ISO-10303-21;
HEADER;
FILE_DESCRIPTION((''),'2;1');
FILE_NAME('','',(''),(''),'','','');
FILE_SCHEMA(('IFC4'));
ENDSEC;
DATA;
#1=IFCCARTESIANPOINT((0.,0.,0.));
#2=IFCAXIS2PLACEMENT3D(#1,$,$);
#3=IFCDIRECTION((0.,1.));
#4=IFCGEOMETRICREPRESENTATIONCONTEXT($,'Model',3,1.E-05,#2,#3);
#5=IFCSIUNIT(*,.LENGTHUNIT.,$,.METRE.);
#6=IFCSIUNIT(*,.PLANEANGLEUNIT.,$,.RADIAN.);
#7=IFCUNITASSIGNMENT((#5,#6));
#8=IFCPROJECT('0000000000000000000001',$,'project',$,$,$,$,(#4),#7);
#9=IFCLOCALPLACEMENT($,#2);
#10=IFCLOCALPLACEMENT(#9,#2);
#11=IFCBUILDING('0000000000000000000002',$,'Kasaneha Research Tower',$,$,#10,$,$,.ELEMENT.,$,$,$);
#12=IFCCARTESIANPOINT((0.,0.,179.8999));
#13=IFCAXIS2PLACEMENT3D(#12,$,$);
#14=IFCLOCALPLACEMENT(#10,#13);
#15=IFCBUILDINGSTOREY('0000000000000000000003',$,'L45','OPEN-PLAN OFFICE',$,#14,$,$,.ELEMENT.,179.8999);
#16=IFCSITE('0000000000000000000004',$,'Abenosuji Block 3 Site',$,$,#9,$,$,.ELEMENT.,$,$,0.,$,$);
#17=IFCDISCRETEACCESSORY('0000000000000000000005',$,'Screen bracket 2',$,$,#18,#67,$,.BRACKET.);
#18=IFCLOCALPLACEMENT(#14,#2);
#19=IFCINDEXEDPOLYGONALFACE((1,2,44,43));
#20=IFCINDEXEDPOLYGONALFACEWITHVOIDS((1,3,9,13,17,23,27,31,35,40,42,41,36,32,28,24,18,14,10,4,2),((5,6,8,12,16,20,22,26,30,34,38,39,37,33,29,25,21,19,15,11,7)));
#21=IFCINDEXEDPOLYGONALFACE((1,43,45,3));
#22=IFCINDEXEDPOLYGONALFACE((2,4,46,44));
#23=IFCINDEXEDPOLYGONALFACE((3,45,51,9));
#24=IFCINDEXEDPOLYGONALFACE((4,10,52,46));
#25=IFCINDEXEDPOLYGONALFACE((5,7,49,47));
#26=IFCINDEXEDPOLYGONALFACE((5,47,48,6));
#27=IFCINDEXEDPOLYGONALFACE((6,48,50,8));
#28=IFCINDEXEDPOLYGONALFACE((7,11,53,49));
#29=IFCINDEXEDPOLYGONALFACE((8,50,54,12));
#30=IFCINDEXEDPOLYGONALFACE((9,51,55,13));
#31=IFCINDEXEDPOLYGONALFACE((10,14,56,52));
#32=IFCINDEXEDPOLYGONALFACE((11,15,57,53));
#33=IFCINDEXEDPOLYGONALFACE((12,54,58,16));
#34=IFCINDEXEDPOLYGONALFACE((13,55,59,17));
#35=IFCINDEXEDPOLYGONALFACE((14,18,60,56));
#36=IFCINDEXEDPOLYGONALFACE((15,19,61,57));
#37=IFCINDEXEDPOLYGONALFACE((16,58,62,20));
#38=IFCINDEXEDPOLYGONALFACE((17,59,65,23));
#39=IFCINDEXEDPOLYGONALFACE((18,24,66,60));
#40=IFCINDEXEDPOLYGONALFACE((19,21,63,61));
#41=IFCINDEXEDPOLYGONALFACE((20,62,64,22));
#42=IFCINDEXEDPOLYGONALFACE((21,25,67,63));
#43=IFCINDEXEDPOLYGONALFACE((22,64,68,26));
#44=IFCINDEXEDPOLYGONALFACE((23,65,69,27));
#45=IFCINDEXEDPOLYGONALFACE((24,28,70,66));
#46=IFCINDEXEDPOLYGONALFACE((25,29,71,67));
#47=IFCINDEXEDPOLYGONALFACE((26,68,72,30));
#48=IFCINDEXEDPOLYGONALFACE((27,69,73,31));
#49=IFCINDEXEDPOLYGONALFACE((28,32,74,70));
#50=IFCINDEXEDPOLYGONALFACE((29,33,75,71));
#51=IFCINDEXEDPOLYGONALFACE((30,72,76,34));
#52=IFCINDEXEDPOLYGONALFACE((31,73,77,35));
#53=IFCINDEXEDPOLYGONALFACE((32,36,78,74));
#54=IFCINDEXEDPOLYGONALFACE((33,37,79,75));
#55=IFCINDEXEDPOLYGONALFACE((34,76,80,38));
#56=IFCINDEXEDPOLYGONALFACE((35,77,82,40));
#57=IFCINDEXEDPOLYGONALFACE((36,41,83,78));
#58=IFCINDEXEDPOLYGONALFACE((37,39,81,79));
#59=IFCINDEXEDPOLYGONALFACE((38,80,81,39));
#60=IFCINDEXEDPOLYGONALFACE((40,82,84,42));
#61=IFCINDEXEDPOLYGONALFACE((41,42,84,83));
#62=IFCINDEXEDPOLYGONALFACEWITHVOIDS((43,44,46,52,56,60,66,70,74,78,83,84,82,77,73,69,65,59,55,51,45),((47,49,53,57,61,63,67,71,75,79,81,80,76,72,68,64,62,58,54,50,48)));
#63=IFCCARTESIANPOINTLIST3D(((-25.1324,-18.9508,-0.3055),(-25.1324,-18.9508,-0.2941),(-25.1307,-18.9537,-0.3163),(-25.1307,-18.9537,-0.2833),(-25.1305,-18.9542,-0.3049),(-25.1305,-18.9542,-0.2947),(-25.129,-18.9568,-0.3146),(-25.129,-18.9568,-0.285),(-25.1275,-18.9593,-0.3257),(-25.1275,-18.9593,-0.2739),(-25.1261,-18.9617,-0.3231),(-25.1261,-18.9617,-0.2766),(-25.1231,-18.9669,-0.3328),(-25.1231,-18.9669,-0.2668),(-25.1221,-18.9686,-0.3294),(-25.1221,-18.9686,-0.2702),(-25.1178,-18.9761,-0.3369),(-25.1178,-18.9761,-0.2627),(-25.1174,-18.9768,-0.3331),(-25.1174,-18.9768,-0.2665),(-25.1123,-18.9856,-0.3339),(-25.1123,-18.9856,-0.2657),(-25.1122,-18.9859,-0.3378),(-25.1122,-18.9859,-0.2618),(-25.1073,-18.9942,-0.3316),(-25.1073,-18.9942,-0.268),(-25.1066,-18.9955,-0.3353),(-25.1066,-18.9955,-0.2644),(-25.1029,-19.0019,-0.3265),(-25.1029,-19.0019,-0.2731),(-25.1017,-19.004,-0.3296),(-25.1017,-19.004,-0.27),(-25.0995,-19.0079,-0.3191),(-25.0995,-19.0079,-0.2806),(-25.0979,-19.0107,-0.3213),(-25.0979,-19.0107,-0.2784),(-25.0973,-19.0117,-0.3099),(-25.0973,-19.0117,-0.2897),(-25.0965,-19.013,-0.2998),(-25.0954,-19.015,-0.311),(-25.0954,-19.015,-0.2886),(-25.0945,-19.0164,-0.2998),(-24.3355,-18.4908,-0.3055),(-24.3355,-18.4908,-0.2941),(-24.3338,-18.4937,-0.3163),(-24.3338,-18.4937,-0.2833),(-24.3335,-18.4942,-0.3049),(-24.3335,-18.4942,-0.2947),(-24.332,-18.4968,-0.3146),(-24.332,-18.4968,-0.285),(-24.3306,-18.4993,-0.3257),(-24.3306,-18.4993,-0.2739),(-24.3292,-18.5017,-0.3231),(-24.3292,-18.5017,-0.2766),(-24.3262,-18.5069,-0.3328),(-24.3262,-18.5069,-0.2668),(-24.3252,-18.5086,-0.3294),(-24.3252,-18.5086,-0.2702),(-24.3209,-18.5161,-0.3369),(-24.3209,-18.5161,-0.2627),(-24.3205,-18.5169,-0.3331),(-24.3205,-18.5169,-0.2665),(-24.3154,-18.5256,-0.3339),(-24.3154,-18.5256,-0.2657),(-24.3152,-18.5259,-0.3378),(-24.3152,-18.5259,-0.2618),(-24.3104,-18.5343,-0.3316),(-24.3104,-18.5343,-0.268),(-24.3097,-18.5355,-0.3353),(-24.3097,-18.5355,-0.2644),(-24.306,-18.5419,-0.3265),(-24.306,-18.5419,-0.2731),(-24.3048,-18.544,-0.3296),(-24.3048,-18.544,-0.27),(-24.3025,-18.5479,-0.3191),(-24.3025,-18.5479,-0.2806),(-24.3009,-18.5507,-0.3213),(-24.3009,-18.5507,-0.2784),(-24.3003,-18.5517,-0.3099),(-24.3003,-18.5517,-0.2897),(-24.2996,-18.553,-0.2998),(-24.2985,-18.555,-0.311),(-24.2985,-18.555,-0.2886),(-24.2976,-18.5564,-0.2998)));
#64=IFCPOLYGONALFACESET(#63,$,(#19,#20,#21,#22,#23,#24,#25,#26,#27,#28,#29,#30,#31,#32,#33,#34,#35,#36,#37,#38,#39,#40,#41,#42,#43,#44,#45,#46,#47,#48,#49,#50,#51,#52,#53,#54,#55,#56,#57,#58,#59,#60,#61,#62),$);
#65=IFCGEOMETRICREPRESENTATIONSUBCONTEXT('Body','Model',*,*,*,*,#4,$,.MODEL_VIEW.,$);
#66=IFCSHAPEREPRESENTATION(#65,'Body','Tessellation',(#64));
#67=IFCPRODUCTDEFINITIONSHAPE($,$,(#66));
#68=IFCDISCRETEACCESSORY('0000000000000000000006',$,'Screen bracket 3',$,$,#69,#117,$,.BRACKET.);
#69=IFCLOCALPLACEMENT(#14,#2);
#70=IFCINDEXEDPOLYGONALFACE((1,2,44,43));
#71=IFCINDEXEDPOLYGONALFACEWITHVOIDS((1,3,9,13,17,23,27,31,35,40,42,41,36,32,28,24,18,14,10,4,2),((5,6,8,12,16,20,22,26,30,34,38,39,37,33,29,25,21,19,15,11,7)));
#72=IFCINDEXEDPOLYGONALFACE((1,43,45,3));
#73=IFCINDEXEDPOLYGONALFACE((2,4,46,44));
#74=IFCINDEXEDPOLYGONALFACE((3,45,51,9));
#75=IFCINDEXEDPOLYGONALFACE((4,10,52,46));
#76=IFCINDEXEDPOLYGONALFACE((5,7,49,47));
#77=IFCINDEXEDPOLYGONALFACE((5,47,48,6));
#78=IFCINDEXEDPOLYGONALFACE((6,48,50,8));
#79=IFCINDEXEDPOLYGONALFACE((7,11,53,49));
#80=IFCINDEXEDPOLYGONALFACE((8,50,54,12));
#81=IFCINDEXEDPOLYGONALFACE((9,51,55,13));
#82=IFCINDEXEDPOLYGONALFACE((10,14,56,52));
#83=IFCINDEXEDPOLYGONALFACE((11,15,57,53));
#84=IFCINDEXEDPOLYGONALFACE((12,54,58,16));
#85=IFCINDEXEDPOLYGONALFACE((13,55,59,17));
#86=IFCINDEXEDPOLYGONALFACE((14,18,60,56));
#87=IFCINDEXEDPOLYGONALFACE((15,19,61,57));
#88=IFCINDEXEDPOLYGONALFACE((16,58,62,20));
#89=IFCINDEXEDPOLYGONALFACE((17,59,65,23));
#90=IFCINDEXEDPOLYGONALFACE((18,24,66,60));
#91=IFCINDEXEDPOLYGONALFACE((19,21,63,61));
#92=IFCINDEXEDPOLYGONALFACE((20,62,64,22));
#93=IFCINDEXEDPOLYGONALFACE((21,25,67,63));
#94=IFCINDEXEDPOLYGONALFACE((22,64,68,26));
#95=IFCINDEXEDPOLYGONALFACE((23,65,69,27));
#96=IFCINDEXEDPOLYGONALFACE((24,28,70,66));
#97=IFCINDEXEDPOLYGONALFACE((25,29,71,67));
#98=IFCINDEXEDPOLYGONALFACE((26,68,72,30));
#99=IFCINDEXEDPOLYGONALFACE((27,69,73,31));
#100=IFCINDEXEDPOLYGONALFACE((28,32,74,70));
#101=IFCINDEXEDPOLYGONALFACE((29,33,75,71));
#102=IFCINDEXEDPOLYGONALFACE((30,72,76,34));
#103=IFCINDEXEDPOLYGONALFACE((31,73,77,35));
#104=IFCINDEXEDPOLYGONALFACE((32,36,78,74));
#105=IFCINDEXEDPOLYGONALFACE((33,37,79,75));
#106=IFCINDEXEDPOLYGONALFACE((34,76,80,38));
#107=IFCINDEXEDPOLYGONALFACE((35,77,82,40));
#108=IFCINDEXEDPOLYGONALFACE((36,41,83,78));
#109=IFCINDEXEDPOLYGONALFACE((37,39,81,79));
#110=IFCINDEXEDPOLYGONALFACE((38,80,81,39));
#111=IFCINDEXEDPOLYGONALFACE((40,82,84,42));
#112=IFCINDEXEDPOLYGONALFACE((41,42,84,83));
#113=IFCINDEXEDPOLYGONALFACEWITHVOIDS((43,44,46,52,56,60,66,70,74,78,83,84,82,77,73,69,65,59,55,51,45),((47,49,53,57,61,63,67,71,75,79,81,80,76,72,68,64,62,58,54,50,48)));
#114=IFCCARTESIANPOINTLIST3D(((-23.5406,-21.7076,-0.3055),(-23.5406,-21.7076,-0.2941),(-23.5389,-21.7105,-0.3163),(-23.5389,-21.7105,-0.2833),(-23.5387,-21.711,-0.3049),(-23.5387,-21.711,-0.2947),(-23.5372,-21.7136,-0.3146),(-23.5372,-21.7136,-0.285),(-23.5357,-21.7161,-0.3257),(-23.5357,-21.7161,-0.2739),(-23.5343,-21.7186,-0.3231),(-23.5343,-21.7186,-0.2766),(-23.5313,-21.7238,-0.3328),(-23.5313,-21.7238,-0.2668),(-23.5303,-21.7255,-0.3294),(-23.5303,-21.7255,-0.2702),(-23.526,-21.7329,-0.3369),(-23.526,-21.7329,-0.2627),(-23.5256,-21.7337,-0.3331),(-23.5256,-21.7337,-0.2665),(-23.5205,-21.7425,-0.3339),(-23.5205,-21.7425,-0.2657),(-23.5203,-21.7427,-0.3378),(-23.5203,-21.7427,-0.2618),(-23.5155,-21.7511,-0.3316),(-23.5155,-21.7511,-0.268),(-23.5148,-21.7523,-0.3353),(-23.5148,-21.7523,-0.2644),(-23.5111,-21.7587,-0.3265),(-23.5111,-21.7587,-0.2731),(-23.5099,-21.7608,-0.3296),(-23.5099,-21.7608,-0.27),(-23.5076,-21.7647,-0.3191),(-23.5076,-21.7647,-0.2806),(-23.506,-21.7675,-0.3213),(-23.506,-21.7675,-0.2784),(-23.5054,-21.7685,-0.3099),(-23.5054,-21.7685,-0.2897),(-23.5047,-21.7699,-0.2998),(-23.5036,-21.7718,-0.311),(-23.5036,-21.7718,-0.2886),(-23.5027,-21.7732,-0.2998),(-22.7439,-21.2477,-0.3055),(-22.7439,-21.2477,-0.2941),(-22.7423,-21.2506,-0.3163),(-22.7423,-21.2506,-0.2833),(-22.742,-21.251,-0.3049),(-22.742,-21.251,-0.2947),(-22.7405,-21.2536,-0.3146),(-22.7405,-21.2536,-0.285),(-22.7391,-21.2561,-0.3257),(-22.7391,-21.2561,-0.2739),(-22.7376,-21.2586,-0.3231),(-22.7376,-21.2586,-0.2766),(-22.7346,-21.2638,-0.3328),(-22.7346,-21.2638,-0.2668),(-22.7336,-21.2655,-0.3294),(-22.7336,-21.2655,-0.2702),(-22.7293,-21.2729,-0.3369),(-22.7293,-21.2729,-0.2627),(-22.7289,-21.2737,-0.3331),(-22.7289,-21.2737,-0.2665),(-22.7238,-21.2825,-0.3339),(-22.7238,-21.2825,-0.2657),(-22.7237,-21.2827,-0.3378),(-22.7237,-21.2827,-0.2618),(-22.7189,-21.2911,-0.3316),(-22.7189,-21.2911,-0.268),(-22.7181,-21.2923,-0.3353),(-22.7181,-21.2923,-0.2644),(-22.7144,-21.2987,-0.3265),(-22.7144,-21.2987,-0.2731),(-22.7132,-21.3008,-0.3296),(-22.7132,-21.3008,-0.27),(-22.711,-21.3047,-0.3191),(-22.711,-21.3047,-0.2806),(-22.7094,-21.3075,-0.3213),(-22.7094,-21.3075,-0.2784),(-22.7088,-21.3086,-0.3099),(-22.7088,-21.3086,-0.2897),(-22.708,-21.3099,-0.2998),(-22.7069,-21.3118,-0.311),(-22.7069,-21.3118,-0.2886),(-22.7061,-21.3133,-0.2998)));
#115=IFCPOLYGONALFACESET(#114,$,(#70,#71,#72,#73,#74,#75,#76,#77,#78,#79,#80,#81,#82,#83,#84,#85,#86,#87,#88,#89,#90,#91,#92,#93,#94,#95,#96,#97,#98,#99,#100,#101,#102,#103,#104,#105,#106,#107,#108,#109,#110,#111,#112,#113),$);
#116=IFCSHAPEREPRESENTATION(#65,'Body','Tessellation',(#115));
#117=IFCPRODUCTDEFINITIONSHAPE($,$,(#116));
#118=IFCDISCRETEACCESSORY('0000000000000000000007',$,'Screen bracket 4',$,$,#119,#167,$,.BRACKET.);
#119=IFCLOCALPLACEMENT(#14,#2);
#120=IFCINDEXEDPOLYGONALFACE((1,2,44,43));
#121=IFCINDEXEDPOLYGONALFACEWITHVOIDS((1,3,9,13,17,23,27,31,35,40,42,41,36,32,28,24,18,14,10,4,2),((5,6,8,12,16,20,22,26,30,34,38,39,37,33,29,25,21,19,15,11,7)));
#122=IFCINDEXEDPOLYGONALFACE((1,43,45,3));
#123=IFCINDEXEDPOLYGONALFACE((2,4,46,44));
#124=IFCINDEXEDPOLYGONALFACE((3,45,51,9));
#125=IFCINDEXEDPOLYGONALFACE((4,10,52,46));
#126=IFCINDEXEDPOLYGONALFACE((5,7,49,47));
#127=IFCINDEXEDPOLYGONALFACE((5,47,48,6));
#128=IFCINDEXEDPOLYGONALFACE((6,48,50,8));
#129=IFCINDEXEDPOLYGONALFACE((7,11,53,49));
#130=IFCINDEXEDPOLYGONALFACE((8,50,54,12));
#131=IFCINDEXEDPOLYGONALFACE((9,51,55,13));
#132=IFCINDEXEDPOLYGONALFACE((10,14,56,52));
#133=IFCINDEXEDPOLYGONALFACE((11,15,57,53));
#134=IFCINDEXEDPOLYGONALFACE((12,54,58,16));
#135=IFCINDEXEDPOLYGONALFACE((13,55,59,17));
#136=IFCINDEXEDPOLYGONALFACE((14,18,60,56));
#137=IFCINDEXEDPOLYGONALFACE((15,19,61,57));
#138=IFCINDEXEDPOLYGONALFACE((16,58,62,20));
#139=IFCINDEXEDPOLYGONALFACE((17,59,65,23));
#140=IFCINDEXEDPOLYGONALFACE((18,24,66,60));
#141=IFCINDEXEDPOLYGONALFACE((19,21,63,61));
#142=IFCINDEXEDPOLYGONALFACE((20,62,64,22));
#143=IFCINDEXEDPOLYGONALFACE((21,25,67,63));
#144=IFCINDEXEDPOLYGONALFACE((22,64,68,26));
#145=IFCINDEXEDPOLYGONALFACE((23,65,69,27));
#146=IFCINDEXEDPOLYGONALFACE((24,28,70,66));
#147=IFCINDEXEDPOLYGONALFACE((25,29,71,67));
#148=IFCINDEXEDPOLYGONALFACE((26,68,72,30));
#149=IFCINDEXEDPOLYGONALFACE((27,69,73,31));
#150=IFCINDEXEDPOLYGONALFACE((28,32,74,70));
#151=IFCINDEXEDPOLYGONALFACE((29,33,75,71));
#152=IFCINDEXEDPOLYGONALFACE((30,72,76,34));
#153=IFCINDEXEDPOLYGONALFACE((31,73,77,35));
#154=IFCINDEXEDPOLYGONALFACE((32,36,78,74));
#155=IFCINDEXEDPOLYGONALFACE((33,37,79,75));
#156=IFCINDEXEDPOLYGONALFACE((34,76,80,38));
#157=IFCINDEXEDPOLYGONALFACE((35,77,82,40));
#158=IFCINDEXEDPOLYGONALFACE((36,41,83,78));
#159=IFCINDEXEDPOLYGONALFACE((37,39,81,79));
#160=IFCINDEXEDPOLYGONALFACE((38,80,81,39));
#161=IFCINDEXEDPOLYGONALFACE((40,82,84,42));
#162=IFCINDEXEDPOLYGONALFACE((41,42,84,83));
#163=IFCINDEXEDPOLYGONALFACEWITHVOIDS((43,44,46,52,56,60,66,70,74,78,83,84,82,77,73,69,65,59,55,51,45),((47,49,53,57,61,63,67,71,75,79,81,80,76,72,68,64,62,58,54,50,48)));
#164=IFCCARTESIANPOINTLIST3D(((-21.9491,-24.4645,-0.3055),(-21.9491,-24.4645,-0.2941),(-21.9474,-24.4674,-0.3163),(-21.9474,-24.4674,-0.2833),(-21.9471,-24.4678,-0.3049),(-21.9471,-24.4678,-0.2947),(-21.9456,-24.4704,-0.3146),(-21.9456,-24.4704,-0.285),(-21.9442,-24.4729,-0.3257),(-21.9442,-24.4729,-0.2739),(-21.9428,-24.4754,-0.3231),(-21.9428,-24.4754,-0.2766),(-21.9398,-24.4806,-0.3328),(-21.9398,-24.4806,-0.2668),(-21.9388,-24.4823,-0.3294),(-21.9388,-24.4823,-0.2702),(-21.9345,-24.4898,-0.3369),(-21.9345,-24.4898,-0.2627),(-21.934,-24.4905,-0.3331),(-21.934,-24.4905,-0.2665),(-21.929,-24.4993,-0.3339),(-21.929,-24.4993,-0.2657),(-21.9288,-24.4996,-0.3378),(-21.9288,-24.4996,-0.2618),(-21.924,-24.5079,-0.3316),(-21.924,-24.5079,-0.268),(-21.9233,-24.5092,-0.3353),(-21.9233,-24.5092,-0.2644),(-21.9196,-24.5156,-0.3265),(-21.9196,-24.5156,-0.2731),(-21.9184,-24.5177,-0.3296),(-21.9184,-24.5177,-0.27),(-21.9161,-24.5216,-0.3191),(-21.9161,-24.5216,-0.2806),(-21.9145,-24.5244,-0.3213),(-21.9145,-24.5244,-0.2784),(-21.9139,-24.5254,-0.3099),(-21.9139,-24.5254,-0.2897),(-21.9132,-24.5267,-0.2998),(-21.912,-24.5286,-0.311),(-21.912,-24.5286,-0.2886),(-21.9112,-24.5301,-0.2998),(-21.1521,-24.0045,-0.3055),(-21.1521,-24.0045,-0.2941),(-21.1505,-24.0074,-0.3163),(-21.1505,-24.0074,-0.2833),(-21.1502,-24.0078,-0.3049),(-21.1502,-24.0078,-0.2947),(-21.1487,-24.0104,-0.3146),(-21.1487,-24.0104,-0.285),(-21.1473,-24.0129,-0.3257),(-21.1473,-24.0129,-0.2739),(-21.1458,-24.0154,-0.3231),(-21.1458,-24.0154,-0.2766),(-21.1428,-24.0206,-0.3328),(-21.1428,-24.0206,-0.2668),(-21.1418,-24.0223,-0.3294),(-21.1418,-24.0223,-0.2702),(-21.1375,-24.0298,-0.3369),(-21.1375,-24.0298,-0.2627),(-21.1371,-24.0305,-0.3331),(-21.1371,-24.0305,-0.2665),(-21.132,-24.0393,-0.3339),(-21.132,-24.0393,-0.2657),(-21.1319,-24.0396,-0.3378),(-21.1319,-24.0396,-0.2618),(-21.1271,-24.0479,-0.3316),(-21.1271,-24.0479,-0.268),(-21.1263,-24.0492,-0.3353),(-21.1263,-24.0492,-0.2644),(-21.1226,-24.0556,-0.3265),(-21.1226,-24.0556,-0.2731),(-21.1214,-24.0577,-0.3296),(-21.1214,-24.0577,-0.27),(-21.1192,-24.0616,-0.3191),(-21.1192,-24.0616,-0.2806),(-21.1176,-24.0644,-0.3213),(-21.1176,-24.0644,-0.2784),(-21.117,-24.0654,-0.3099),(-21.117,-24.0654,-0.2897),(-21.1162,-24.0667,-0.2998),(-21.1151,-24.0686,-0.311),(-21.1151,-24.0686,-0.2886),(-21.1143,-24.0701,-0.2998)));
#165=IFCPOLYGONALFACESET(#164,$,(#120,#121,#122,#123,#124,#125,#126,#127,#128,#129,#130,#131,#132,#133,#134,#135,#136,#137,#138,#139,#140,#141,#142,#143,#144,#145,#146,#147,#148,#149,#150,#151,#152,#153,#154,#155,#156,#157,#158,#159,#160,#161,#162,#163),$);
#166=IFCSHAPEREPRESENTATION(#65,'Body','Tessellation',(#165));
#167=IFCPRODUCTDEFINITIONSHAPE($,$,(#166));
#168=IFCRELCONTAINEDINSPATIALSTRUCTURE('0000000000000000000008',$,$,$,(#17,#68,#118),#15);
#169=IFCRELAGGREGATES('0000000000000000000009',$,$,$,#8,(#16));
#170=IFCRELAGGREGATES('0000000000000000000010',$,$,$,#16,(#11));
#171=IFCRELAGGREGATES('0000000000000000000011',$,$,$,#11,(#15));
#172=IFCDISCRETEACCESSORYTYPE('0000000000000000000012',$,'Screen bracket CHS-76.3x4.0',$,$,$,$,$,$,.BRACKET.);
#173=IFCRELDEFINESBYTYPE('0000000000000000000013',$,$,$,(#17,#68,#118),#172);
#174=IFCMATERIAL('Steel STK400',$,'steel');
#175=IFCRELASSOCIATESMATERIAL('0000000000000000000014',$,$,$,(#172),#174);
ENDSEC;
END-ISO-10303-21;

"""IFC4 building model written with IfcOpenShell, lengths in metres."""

from ifc_helpers import new_model, si_unit, direction, frame, origin, origin_2d, place, context, subcontext, project, spatial, hollow_circle, extrude, material, material_profile, profile_set, type_object, element, save


model = new_model("IFC4")

# Units and contexts
model_context = context("Model", 3, precision=1e-05, world=origin(), true_north=direction((0.0, 1.0)))
body_context = subcontext(model_context, "Body", "Model", "MODEL_VIEW")
ifc_project = project(units=[si_unit("LENGTHUNIT", "METRE"), si_unit("PLANEANGLEUNIT", "RADIAN")], contexts=[model_context])

# Site, building, storey
site_placement = place(None, origin())
site = spatial("IfcSite", under=ifc_project, at=site_placement, Name="Abenosuji Block 3 Site", CompositionType="ELEMENT", RefElevation=0.0)
building_placement = place(site_placement, origin())
building = spatial("IfcBuilding", under=site, at=building_placement, Name="Kasaneha Research Tower", CompositionType="ELEMENT")
storey_placement = place(building_placement, frame((0.0, 0.0, 179.8999)))
storey = spatial("IfcBuildingStorey", under=building, at=storey_placement, Name="L45", Description="OPEN-PLAN OFFICE", CompositionType="ELEMENT", Elevation=179.8999)

# Discrete accessories
ifc_material_1 = material(Name="Steel STK400", Category="steel")
ifc_material_profile_1 = material_profile(ifc_material_1, hollow_circle(Radius=0.0381, WallThickness=0.0039, at=origin_2d()), Name="CHS-76.3x4.0")
ifc_profile_set_1 = profile_set([ifc_material_profile_1], Name="Steel STK400")
discrete_accessory_type = type_object("IfcDiscreteAccessoryType", Name="Screen bracket CHS-76.3x4.0", PredefinedType="BRACKET", material=ifc_profile_set_1)
discrete_accessory_1_placement = place(storey_placement, frame((-24.3167, -18.5234, -0.2998), z_axis=(-0.86608, -0.499906, 0.0), x_axis=(0.499906, -0.86608, 0.0)))
element("IfcDiscreteAccessory", 1, at=discrete_accessory_1_placement, inside=storey, type_object=discrete_accessory_type, Name="Screen bracket 2", PredefinedType="BRACKET", context=body_context, shape_type="SweptSolid", body=[
    extrude(hollow_circle(Radius=0.0381, WallThickness=0.0039, at=origin_2d()), origin(), (0.0, 0.0, 1.0), 0.9202),
])
discrete_accessory_2_placement = place(storey_placement, frame((-22.7251, -21.2803, -0.2998), z_axis=(-0.866013, -0.500021, 0.0), x_axis=(0.500021, -0.866013, 0.0)))
element("IfcDiscreteAccessory", 2, at=discrete_accessory_2_placement, inside=storey, type_object=discrete_accessory_type, Name="Screen bracket 3", PredefinedType="BRACKET", context=body_context, shape_type="SweptSolid", body=[
    extrude(hollow_circle(Radius=0.0381, WallThickness=0.0039, at=origin_2d()), origin(), (0.0, 0.0, 1.0), 0.9199),
])
discrete_accessory_3_placement = place(storey_placement, frame((-21.1333, -24.0371, -0.2998), z_axis=(-0.86608, -0.499906, 0.0), x_axis=(0.499906, -0.86608, 0.0)))
element("IfcDiscreteAccessory", 3, at=discrete_accessory_3_placement, inside=storey, type_object=discrete_accessory_type, Name="Screen bracket 4", PredefinedType="BRACKET", context=body_context, shape_type="SweptSolid", body=[
    extrude(hollow_circle(Radius=0.0381, WallThickness=0.0039, at=origin_2d()), origin(), (0.0, 0.0, 1.0), 0.9202),
])

save(model, "model.ifc")
